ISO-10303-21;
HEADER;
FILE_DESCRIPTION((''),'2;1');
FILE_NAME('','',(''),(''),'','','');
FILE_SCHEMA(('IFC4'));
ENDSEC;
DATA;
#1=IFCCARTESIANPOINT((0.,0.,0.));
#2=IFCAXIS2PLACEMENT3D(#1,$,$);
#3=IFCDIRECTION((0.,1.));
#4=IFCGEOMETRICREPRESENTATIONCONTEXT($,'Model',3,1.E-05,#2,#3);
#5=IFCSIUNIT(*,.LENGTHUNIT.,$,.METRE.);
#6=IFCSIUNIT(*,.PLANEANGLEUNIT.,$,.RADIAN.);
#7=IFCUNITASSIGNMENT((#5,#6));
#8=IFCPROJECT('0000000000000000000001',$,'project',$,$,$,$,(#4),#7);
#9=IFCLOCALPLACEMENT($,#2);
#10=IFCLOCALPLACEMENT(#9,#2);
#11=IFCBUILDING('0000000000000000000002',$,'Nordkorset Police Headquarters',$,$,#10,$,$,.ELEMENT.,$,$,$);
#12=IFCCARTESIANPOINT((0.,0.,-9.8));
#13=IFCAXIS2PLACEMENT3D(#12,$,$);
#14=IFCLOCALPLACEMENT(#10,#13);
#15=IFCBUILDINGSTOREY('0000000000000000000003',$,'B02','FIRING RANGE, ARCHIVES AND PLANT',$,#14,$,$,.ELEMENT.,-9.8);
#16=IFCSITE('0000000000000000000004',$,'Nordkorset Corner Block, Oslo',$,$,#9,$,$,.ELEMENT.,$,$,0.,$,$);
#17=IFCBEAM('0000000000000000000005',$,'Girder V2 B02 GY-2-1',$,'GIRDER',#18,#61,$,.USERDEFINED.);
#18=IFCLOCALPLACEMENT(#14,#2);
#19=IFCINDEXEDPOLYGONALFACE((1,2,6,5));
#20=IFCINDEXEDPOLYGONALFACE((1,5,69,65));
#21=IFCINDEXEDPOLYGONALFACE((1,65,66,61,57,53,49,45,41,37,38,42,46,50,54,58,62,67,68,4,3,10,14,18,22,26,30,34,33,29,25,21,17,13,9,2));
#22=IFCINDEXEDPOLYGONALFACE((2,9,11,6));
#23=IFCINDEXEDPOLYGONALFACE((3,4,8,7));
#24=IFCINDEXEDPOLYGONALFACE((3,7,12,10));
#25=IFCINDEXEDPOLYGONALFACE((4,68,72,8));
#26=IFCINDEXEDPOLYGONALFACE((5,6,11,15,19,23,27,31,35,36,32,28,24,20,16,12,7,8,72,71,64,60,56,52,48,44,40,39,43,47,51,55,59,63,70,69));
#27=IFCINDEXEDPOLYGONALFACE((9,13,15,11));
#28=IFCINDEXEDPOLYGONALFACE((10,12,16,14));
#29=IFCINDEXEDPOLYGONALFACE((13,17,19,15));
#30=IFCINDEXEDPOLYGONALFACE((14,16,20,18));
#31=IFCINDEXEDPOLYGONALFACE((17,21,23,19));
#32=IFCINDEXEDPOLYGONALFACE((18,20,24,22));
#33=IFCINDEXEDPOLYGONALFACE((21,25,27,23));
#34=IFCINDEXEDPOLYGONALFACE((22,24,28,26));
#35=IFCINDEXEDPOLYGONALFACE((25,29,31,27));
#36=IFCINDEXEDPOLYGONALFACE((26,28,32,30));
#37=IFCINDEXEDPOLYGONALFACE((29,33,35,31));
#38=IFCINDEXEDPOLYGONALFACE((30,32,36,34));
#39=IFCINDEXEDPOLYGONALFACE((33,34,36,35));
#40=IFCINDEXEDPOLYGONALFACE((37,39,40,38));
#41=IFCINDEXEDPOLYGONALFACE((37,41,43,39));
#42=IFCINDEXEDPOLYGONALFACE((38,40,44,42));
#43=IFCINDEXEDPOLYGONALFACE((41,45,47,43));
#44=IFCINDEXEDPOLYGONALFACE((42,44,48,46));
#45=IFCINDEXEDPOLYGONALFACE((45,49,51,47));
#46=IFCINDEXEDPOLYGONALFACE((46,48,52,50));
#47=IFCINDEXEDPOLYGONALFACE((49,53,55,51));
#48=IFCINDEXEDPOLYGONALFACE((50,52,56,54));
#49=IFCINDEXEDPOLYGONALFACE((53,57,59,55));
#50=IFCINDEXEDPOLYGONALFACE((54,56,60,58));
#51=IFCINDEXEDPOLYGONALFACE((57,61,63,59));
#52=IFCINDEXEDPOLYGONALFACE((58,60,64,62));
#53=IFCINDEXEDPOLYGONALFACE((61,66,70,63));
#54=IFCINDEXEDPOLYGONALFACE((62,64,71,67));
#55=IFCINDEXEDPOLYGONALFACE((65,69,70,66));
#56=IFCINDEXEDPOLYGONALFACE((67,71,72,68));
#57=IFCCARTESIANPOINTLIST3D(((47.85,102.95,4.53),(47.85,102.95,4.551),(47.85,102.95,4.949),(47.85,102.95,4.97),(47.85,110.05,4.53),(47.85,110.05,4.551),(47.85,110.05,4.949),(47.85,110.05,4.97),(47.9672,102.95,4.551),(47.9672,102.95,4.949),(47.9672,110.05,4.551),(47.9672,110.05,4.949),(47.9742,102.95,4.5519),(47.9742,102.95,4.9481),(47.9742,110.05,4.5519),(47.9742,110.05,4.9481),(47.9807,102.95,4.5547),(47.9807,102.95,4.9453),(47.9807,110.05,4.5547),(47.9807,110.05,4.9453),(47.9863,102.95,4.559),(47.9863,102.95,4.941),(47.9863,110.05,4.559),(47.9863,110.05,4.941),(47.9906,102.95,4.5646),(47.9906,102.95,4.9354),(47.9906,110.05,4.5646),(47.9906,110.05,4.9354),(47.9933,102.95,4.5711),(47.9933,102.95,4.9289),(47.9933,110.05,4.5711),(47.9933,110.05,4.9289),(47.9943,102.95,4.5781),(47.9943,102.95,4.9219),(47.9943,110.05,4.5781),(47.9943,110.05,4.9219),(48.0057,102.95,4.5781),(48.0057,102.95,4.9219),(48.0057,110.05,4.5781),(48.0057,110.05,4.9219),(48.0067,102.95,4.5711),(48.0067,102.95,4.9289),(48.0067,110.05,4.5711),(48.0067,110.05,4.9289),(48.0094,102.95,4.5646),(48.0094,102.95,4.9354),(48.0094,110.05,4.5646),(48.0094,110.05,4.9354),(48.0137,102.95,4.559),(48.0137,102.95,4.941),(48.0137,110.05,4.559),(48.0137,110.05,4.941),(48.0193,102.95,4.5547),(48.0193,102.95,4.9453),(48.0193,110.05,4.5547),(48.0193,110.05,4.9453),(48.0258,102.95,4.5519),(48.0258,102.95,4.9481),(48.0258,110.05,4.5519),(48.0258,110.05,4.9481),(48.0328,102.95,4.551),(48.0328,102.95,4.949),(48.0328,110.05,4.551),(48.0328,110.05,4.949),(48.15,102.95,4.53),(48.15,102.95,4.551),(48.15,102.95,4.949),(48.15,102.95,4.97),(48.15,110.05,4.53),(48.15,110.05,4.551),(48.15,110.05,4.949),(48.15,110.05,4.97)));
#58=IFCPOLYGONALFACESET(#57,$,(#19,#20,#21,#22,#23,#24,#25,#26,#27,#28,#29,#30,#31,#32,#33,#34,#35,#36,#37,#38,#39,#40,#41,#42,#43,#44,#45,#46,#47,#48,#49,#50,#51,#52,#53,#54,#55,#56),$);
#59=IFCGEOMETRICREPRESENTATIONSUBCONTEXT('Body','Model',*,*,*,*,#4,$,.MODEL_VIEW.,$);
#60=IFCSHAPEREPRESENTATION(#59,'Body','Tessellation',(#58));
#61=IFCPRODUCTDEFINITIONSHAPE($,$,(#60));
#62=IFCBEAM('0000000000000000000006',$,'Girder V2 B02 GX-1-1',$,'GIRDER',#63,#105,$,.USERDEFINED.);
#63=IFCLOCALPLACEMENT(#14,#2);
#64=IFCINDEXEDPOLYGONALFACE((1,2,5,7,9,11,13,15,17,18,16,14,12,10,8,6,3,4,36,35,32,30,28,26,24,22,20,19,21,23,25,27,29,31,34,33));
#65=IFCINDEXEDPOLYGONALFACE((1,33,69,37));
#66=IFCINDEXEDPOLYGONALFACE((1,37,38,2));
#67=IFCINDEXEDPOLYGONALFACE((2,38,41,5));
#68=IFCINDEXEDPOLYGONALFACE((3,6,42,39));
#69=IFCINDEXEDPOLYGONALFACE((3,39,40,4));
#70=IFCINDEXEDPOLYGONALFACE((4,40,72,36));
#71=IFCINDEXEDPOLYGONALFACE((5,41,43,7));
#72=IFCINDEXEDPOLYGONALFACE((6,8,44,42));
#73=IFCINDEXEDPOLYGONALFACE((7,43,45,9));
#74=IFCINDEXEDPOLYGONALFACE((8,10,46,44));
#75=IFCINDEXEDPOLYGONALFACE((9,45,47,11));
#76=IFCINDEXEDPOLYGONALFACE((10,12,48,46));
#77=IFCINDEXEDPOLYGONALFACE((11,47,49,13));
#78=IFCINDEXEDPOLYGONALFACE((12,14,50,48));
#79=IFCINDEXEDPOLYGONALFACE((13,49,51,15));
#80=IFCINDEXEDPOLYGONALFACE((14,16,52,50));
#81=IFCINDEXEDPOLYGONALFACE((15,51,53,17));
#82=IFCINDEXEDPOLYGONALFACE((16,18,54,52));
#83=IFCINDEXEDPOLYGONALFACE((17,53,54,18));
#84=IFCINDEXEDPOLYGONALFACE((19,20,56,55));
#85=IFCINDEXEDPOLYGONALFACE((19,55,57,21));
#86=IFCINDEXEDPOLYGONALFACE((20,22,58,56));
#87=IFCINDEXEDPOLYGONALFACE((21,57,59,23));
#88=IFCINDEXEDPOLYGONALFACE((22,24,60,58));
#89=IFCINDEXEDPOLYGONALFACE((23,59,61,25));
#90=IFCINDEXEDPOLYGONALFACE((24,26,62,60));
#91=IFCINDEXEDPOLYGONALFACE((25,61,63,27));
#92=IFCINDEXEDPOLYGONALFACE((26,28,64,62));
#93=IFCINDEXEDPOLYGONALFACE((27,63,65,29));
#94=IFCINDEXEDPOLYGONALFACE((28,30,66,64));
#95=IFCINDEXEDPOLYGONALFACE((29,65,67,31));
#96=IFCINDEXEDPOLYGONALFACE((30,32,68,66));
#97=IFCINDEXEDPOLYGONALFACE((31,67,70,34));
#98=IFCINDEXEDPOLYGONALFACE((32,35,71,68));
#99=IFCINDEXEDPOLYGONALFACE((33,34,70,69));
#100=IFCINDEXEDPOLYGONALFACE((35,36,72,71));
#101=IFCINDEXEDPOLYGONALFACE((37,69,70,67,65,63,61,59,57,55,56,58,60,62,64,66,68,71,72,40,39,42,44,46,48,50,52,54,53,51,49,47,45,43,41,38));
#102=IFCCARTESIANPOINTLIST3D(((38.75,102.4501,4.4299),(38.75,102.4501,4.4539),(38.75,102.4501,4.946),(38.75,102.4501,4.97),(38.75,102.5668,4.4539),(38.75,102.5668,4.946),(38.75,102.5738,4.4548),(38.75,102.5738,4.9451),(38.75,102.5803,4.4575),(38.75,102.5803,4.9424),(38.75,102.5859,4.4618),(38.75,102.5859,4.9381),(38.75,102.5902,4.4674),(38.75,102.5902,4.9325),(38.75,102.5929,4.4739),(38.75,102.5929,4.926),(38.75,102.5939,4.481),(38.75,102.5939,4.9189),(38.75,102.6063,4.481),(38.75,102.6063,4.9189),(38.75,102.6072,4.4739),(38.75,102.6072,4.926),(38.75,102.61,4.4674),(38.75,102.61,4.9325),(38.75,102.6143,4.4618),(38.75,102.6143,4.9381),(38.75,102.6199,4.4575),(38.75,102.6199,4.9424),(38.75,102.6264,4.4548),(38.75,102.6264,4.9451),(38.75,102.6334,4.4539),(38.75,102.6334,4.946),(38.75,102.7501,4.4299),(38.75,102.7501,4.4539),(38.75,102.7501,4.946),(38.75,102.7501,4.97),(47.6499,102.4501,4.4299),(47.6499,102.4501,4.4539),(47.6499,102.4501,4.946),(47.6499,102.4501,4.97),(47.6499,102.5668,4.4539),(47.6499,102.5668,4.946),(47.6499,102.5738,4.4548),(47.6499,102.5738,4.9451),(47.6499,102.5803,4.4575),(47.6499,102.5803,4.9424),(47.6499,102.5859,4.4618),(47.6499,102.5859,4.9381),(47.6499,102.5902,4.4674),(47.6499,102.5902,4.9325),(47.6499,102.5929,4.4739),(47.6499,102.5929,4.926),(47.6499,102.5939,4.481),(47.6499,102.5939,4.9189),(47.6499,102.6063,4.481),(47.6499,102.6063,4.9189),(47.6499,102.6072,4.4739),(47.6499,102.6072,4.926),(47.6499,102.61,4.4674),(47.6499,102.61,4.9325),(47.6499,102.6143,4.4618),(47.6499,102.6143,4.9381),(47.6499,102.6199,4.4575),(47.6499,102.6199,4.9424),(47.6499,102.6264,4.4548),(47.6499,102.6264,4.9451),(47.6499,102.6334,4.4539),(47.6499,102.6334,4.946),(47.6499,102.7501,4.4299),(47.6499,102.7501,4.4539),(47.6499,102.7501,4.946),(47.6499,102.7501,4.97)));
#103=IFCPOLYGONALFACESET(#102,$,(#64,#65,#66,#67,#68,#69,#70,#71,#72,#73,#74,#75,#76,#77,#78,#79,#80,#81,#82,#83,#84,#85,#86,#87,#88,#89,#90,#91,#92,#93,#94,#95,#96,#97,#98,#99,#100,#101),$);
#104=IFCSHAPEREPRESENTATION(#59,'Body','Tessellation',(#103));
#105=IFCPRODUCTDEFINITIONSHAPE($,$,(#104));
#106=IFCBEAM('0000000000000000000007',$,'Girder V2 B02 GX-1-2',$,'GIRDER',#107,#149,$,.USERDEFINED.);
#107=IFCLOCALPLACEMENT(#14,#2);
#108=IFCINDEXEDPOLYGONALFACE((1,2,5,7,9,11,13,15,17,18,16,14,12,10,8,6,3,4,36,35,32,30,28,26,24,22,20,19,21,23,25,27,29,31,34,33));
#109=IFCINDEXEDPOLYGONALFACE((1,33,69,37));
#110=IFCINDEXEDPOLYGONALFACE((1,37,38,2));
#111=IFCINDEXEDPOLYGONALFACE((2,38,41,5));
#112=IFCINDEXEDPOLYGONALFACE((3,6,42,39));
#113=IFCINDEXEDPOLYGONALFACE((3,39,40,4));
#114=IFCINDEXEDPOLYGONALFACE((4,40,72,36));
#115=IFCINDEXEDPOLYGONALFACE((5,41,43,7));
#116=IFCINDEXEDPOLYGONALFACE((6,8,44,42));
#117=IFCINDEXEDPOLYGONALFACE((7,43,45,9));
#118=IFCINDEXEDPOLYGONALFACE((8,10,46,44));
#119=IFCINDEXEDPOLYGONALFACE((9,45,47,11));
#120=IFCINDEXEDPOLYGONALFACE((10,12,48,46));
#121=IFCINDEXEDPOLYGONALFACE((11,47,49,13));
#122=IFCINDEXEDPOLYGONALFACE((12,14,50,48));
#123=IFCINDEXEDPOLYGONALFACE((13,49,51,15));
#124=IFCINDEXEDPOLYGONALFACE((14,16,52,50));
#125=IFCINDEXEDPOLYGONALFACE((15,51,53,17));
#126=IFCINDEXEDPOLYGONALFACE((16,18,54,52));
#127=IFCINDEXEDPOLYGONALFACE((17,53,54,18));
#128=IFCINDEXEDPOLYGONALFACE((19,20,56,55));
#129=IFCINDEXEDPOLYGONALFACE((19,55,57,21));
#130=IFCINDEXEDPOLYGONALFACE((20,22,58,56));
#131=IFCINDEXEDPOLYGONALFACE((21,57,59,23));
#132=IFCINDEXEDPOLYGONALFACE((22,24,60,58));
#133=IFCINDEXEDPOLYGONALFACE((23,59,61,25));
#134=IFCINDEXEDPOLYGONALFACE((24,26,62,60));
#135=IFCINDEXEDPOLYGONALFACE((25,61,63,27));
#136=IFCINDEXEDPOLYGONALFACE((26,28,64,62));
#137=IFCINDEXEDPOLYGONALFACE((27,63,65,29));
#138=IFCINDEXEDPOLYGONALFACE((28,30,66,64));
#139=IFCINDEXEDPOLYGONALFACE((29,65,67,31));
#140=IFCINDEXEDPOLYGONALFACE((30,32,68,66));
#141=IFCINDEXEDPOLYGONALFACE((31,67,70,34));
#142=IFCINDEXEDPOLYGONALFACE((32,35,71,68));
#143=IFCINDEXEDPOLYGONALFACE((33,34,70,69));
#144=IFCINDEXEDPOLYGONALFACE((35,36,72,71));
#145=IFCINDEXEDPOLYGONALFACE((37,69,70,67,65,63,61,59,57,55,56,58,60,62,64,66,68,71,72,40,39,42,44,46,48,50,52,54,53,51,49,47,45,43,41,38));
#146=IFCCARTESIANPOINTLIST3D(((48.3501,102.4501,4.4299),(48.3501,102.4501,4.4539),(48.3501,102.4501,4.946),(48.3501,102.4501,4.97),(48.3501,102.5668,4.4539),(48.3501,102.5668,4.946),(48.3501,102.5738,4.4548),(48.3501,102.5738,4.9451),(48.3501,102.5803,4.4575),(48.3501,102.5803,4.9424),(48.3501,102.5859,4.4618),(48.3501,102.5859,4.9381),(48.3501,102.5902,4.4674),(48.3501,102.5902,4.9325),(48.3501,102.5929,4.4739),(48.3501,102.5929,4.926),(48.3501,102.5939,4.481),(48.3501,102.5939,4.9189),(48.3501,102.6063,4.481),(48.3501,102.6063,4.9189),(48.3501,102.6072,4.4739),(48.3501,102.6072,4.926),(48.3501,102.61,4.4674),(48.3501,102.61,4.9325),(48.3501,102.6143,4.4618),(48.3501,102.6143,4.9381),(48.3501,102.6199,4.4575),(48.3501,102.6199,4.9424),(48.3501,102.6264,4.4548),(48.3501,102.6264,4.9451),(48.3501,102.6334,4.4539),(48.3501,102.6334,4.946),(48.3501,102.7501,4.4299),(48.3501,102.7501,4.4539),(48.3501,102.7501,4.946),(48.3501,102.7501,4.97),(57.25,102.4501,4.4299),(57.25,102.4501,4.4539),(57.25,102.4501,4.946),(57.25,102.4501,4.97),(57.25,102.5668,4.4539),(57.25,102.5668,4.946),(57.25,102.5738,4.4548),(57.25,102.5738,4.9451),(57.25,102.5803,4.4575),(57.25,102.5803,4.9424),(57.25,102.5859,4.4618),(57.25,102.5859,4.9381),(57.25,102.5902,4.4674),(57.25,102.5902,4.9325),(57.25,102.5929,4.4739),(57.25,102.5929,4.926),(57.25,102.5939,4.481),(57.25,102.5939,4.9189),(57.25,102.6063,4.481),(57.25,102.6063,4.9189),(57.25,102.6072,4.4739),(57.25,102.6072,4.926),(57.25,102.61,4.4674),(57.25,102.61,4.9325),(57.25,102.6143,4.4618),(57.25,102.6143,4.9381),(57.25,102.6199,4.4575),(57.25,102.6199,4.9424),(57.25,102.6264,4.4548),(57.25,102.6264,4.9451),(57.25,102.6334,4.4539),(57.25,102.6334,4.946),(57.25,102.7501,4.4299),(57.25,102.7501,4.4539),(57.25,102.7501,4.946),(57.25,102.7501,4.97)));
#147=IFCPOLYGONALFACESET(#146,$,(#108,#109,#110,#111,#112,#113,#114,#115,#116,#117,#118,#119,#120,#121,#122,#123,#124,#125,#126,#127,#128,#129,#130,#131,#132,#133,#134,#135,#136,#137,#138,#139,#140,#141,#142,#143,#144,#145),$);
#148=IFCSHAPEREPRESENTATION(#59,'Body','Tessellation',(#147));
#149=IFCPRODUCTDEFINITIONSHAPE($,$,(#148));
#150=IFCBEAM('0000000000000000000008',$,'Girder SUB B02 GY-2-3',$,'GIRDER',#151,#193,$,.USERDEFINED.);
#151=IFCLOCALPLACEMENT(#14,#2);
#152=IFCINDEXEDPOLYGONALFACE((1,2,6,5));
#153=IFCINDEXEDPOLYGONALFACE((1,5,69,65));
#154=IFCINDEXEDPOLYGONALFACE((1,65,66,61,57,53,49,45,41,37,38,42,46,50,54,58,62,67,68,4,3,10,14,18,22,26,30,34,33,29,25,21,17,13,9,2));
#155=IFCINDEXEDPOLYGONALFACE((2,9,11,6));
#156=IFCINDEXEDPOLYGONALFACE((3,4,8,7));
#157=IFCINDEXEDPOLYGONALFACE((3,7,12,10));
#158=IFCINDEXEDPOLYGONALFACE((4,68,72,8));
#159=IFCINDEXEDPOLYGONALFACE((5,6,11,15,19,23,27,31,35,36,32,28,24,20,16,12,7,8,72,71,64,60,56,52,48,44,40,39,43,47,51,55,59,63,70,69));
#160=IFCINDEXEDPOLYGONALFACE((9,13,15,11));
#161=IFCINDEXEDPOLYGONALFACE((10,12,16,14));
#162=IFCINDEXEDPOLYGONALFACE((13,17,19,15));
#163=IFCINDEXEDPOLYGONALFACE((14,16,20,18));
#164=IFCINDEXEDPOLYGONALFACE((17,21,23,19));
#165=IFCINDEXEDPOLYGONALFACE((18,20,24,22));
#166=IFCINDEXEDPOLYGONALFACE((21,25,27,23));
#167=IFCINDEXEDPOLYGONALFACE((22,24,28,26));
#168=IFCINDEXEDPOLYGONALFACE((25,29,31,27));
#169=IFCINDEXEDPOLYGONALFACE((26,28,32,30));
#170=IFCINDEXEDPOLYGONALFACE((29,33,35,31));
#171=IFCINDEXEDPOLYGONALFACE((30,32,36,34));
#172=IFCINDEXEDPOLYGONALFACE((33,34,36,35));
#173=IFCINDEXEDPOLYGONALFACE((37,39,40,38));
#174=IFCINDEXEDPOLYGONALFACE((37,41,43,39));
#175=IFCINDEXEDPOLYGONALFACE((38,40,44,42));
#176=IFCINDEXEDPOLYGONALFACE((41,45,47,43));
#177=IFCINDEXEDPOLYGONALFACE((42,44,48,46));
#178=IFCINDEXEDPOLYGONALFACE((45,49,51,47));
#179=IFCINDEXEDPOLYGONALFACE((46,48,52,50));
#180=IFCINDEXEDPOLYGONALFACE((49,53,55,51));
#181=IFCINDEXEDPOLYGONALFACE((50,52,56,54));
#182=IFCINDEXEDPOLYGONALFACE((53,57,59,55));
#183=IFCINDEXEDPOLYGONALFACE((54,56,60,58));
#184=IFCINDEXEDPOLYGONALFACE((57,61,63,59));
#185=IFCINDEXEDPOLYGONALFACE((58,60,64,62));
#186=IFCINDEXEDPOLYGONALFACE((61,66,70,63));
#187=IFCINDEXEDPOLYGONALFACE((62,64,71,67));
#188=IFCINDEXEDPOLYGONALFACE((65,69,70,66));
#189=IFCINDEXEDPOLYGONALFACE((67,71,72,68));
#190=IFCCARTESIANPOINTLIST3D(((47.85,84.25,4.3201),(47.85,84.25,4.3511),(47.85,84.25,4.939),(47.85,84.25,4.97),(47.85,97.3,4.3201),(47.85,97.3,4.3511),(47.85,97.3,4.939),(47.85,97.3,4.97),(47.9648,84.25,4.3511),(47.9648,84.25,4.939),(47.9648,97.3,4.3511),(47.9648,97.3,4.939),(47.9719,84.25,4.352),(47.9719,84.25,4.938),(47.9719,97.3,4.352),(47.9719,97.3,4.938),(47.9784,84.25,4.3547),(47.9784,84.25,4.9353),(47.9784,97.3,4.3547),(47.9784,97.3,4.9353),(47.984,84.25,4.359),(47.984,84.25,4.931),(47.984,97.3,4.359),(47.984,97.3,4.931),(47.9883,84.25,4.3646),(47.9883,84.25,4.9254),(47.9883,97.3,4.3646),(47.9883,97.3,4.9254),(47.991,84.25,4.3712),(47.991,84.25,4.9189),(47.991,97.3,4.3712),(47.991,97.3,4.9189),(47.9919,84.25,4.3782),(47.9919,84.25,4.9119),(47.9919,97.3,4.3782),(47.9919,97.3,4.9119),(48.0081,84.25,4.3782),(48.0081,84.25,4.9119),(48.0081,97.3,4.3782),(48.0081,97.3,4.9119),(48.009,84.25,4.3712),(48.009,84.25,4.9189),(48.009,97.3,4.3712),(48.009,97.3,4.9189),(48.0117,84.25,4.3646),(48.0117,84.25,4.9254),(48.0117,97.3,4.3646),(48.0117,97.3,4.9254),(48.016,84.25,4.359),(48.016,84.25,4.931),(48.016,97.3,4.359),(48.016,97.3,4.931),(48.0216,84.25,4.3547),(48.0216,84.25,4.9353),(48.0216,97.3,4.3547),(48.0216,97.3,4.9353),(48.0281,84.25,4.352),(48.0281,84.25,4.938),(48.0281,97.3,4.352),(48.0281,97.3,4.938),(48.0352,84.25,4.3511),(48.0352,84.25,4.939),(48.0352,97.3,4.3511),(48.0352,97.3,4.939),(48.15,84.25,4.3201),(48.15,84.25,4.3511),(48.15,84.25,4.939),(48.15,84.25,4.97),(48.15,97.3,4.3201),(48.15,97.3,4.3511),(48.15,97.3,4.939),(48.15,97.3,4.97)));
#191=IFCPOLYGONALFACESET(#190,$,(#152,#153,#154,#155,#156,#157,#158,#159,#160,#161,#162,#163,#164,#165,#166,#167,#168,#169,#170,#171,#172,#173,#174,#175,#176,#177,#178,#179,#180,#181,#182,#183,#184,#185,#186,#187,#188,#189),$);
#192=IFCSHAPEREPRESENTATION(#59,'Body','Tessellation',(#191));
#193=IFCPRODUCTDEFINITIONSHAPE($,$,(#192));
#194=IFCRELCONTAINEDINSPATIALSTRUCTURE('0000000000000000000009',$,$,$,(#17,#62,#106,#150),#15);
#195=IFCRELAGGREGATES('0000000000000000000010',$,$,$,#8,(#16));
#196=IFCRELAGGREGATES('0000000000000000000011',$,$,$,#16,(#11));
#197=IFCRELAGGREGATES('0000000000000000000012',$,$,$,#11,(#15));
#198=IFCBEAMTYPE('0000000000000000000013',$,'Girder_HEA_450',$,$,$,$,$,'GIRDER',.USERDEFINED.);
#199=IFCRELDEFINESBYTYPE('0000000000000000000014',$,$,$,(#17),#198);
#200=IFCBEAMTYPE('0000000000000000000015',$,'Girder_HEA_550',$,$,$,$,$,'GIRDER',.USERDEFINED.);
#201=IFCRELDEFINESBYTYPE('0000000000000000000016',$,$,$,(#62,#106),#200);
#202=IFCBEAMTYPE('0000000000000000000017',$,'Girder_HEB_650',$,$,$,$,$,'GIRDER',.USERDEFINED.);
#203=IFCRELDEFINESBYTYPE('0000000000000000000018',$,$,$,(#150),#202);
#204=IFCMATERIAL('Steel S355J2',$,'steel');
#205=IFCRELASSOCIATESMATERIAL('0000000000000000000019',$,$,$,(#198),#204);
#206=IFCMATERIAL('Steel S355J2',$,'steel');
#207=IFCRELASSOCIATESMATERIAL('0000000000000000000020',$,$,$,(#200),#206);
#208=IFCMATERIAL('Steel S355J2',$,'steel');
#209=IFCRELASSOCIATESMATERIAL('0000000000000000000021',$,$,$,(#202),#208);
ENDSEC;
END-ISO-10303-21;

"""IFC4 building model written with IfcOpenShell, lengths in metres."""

from ifc_helpers import new_model, si_unit, direction, frame, origin, origin_2d, place, context, subcontext, project, spatial, i_section, extrude, material, material_profile, profile_set, type_object, element, save


model = new_model("IFC4")

# Units and contexts
model_context = context("Model", 3, precision=1e-05, world=origin(), true_north=direction((0.0, 1.0)))
body_context = subcontext(model_context, "Body", "Model", "MODEL_VIEW")
ifc_project = project(units=[si_unit("LENGTHUNIT", "METRE"), si_unit("PLANEANGLEUNIT", "RADIAN")], contexts=[model_context])

# Site, building, storey
site_placement = place(None, origin())
site = spatial("IfcSite", under=ifc_project, at=site_placement, Name="Nordkorset Corner Block, Oslo", CompositionType="ELEMENT", RefElevation=0.0)
building_placement = place(site_placement, origin())
building = spatial("IfcBuilding", under=site, at=building_placement, Name="Nordkorset Police Headquarters", CompositionType="ELEMENT")
storey_placement = place(building_placement, frame((0.0, 0.0, -9.8)))
storey = spatial("IfcBuildingStorey", under=building, at=storey_placement, Name="B02", Description="FIRING RANGE, ARCHIVES AND PLANT", CompositionType="ELEMENT", Elevation=-9.8)

# Beams
ifc_material_1 = material(Name="Steel S355J2", Category="steel")
ifc_material_profile_1 = material_profile(ifc_material_1, i_section(OverallWidth=0.3, OverallDepth=0.4399, WebThickness=0.0115, FlangeThickness=0.021, FilletRadius=0.0271, at=origin_2d()), Name="HEA 450")
ifc_profile_set_1 = profile_set([ifc_material_profile_1], Name="Steel S355J2")
beam_type_1 = type_object("IfcBeamType", Name="Girder_HEA_450", ElementType="GIRDER", PredefinedType="USERDEFINED", material=ifc_profile_set_1)
beam_1_placement = place(storey_placement, frame((48.0, 102.95, 4.75), z_axis=(0.0, 1.0, 0.0), x_axis=(-1.0, 0.0, 0.0)))
element("IfcBeam", 1, at=beam_1_placement, inside=storey, type_object=beam_type_1, Name="Girder V2 B02 GY-2-1", ObjectType="GIRDER", PredefinedType="USERDEFINED", context=body_context, shape_type="SweptSolid", body=[
    extrude(i_section(OverallWidth=0.3, OverallDepth=0.4399, WebThickness=0.0115, FlangeThickness=0.021, FilletRadius=0.0271, at=origin_2d()), origin(), (0.0, 0.0, 1.0), 7.1001),
])
ifc_material_2 = material(Name="Steel S355J2", Category="steel")
ifc_material_profile_2 = material_profile(ifc_material_2, i_section(OverallWidth=0.3, OverallDepth=0.54, WebThickness=0.0125, FlangeThickness=0.0239, FilletRadius=0.0271, at=origin_2d()), Name="HEA 550")
ifc_profile_set_2 = profile_set([ifc_material_profile_2], Name="Steel S355J2")
beam_type_2 = type_object("IfcBeamType", Name="Girder_HEA_550", ElementType="GIRDER", PredefinedType="USERDEFINED", material=ifc_profile_set_2)
for number, where, z_axis, x_axis, name in (
    (2, (38.75, 102.6001, 4.7), (1.0, 0.0, 0.0), (0.0, 1.0, 0.0), "Girder V2 B02 GX-1-1"),
    (3, (48.3501, 102.6001, 4.7), (1.0, 0.0, 0.0), (0.0, 1.0, 0.0), "Girder V2 B02 GX-1-2"),
):
    element("IfcBeam", number, at=place(storey_placement, frame(where, z_axis=z_axis, x_axis=x_axis)), inside=storey, type_object=beam_type_2, Name=name, ObjectType="GIRDER", PredefinedType="USERDEFINED", context=body_context, shape_type="SweptSolid", body=[
        extrude(i_section(OverallWidth=0.3, OverallDepth=0.54, WebThickness=0.0125, FlangeThickness=0.0239, FilletRadius=0.0271, at=origin_2d()), origin(), (0.0, 0.0, 1.0), 8.8999),
    ])
ifc_material_3 = material(Name="Steel S355J2", Category="steel")
ifc_material_profile_3 = material_profile(ifc_material_3, i_section(OverallWidth=0.3, OverallDepth=0.6499, WebThickness=0.0161, FlangeThickness=0.031, FilletRadius=0.0271, at=origin_2d()), Name="HEB 650")
ifc_profile_set_3 = profile_set([ifc_material_profile_3], Name="Steel S355J2")
beam_type_3 = type_object("IfcBeamType", Name="Girder_HEB_650", ElementType="GIRDER", PredefinedType="USERDEFINED", material=ifc_profile_set_3)
beam_2_placement = place(storey_placement, frame((48.0, 84.25, 4.645), z_axis=(0.0, 1.0, 0.0), x_axis=(-1.0, 0.0, 0.0)))
element("IfcBeam", 4, at=beam_2_placement, inside=storey, type_object=beam_type_3, Name="Girder SUB B02 GY-2-3", ObjectType="GIRDER", PredefinedType="USERDEFINED", context=body_context, shape_type="SweptSolid", body=[
    extrude(i_section(OverallWidth=0.3, OverallDepth=0.6499, WebThickness=0.0161, FlangeThickness=0.031, FilletRadius=0.0271, at=origin_2d()), origin(), (0.0, 0.0, 1.0), 13.05),
])

save(model, "model.ifc")
